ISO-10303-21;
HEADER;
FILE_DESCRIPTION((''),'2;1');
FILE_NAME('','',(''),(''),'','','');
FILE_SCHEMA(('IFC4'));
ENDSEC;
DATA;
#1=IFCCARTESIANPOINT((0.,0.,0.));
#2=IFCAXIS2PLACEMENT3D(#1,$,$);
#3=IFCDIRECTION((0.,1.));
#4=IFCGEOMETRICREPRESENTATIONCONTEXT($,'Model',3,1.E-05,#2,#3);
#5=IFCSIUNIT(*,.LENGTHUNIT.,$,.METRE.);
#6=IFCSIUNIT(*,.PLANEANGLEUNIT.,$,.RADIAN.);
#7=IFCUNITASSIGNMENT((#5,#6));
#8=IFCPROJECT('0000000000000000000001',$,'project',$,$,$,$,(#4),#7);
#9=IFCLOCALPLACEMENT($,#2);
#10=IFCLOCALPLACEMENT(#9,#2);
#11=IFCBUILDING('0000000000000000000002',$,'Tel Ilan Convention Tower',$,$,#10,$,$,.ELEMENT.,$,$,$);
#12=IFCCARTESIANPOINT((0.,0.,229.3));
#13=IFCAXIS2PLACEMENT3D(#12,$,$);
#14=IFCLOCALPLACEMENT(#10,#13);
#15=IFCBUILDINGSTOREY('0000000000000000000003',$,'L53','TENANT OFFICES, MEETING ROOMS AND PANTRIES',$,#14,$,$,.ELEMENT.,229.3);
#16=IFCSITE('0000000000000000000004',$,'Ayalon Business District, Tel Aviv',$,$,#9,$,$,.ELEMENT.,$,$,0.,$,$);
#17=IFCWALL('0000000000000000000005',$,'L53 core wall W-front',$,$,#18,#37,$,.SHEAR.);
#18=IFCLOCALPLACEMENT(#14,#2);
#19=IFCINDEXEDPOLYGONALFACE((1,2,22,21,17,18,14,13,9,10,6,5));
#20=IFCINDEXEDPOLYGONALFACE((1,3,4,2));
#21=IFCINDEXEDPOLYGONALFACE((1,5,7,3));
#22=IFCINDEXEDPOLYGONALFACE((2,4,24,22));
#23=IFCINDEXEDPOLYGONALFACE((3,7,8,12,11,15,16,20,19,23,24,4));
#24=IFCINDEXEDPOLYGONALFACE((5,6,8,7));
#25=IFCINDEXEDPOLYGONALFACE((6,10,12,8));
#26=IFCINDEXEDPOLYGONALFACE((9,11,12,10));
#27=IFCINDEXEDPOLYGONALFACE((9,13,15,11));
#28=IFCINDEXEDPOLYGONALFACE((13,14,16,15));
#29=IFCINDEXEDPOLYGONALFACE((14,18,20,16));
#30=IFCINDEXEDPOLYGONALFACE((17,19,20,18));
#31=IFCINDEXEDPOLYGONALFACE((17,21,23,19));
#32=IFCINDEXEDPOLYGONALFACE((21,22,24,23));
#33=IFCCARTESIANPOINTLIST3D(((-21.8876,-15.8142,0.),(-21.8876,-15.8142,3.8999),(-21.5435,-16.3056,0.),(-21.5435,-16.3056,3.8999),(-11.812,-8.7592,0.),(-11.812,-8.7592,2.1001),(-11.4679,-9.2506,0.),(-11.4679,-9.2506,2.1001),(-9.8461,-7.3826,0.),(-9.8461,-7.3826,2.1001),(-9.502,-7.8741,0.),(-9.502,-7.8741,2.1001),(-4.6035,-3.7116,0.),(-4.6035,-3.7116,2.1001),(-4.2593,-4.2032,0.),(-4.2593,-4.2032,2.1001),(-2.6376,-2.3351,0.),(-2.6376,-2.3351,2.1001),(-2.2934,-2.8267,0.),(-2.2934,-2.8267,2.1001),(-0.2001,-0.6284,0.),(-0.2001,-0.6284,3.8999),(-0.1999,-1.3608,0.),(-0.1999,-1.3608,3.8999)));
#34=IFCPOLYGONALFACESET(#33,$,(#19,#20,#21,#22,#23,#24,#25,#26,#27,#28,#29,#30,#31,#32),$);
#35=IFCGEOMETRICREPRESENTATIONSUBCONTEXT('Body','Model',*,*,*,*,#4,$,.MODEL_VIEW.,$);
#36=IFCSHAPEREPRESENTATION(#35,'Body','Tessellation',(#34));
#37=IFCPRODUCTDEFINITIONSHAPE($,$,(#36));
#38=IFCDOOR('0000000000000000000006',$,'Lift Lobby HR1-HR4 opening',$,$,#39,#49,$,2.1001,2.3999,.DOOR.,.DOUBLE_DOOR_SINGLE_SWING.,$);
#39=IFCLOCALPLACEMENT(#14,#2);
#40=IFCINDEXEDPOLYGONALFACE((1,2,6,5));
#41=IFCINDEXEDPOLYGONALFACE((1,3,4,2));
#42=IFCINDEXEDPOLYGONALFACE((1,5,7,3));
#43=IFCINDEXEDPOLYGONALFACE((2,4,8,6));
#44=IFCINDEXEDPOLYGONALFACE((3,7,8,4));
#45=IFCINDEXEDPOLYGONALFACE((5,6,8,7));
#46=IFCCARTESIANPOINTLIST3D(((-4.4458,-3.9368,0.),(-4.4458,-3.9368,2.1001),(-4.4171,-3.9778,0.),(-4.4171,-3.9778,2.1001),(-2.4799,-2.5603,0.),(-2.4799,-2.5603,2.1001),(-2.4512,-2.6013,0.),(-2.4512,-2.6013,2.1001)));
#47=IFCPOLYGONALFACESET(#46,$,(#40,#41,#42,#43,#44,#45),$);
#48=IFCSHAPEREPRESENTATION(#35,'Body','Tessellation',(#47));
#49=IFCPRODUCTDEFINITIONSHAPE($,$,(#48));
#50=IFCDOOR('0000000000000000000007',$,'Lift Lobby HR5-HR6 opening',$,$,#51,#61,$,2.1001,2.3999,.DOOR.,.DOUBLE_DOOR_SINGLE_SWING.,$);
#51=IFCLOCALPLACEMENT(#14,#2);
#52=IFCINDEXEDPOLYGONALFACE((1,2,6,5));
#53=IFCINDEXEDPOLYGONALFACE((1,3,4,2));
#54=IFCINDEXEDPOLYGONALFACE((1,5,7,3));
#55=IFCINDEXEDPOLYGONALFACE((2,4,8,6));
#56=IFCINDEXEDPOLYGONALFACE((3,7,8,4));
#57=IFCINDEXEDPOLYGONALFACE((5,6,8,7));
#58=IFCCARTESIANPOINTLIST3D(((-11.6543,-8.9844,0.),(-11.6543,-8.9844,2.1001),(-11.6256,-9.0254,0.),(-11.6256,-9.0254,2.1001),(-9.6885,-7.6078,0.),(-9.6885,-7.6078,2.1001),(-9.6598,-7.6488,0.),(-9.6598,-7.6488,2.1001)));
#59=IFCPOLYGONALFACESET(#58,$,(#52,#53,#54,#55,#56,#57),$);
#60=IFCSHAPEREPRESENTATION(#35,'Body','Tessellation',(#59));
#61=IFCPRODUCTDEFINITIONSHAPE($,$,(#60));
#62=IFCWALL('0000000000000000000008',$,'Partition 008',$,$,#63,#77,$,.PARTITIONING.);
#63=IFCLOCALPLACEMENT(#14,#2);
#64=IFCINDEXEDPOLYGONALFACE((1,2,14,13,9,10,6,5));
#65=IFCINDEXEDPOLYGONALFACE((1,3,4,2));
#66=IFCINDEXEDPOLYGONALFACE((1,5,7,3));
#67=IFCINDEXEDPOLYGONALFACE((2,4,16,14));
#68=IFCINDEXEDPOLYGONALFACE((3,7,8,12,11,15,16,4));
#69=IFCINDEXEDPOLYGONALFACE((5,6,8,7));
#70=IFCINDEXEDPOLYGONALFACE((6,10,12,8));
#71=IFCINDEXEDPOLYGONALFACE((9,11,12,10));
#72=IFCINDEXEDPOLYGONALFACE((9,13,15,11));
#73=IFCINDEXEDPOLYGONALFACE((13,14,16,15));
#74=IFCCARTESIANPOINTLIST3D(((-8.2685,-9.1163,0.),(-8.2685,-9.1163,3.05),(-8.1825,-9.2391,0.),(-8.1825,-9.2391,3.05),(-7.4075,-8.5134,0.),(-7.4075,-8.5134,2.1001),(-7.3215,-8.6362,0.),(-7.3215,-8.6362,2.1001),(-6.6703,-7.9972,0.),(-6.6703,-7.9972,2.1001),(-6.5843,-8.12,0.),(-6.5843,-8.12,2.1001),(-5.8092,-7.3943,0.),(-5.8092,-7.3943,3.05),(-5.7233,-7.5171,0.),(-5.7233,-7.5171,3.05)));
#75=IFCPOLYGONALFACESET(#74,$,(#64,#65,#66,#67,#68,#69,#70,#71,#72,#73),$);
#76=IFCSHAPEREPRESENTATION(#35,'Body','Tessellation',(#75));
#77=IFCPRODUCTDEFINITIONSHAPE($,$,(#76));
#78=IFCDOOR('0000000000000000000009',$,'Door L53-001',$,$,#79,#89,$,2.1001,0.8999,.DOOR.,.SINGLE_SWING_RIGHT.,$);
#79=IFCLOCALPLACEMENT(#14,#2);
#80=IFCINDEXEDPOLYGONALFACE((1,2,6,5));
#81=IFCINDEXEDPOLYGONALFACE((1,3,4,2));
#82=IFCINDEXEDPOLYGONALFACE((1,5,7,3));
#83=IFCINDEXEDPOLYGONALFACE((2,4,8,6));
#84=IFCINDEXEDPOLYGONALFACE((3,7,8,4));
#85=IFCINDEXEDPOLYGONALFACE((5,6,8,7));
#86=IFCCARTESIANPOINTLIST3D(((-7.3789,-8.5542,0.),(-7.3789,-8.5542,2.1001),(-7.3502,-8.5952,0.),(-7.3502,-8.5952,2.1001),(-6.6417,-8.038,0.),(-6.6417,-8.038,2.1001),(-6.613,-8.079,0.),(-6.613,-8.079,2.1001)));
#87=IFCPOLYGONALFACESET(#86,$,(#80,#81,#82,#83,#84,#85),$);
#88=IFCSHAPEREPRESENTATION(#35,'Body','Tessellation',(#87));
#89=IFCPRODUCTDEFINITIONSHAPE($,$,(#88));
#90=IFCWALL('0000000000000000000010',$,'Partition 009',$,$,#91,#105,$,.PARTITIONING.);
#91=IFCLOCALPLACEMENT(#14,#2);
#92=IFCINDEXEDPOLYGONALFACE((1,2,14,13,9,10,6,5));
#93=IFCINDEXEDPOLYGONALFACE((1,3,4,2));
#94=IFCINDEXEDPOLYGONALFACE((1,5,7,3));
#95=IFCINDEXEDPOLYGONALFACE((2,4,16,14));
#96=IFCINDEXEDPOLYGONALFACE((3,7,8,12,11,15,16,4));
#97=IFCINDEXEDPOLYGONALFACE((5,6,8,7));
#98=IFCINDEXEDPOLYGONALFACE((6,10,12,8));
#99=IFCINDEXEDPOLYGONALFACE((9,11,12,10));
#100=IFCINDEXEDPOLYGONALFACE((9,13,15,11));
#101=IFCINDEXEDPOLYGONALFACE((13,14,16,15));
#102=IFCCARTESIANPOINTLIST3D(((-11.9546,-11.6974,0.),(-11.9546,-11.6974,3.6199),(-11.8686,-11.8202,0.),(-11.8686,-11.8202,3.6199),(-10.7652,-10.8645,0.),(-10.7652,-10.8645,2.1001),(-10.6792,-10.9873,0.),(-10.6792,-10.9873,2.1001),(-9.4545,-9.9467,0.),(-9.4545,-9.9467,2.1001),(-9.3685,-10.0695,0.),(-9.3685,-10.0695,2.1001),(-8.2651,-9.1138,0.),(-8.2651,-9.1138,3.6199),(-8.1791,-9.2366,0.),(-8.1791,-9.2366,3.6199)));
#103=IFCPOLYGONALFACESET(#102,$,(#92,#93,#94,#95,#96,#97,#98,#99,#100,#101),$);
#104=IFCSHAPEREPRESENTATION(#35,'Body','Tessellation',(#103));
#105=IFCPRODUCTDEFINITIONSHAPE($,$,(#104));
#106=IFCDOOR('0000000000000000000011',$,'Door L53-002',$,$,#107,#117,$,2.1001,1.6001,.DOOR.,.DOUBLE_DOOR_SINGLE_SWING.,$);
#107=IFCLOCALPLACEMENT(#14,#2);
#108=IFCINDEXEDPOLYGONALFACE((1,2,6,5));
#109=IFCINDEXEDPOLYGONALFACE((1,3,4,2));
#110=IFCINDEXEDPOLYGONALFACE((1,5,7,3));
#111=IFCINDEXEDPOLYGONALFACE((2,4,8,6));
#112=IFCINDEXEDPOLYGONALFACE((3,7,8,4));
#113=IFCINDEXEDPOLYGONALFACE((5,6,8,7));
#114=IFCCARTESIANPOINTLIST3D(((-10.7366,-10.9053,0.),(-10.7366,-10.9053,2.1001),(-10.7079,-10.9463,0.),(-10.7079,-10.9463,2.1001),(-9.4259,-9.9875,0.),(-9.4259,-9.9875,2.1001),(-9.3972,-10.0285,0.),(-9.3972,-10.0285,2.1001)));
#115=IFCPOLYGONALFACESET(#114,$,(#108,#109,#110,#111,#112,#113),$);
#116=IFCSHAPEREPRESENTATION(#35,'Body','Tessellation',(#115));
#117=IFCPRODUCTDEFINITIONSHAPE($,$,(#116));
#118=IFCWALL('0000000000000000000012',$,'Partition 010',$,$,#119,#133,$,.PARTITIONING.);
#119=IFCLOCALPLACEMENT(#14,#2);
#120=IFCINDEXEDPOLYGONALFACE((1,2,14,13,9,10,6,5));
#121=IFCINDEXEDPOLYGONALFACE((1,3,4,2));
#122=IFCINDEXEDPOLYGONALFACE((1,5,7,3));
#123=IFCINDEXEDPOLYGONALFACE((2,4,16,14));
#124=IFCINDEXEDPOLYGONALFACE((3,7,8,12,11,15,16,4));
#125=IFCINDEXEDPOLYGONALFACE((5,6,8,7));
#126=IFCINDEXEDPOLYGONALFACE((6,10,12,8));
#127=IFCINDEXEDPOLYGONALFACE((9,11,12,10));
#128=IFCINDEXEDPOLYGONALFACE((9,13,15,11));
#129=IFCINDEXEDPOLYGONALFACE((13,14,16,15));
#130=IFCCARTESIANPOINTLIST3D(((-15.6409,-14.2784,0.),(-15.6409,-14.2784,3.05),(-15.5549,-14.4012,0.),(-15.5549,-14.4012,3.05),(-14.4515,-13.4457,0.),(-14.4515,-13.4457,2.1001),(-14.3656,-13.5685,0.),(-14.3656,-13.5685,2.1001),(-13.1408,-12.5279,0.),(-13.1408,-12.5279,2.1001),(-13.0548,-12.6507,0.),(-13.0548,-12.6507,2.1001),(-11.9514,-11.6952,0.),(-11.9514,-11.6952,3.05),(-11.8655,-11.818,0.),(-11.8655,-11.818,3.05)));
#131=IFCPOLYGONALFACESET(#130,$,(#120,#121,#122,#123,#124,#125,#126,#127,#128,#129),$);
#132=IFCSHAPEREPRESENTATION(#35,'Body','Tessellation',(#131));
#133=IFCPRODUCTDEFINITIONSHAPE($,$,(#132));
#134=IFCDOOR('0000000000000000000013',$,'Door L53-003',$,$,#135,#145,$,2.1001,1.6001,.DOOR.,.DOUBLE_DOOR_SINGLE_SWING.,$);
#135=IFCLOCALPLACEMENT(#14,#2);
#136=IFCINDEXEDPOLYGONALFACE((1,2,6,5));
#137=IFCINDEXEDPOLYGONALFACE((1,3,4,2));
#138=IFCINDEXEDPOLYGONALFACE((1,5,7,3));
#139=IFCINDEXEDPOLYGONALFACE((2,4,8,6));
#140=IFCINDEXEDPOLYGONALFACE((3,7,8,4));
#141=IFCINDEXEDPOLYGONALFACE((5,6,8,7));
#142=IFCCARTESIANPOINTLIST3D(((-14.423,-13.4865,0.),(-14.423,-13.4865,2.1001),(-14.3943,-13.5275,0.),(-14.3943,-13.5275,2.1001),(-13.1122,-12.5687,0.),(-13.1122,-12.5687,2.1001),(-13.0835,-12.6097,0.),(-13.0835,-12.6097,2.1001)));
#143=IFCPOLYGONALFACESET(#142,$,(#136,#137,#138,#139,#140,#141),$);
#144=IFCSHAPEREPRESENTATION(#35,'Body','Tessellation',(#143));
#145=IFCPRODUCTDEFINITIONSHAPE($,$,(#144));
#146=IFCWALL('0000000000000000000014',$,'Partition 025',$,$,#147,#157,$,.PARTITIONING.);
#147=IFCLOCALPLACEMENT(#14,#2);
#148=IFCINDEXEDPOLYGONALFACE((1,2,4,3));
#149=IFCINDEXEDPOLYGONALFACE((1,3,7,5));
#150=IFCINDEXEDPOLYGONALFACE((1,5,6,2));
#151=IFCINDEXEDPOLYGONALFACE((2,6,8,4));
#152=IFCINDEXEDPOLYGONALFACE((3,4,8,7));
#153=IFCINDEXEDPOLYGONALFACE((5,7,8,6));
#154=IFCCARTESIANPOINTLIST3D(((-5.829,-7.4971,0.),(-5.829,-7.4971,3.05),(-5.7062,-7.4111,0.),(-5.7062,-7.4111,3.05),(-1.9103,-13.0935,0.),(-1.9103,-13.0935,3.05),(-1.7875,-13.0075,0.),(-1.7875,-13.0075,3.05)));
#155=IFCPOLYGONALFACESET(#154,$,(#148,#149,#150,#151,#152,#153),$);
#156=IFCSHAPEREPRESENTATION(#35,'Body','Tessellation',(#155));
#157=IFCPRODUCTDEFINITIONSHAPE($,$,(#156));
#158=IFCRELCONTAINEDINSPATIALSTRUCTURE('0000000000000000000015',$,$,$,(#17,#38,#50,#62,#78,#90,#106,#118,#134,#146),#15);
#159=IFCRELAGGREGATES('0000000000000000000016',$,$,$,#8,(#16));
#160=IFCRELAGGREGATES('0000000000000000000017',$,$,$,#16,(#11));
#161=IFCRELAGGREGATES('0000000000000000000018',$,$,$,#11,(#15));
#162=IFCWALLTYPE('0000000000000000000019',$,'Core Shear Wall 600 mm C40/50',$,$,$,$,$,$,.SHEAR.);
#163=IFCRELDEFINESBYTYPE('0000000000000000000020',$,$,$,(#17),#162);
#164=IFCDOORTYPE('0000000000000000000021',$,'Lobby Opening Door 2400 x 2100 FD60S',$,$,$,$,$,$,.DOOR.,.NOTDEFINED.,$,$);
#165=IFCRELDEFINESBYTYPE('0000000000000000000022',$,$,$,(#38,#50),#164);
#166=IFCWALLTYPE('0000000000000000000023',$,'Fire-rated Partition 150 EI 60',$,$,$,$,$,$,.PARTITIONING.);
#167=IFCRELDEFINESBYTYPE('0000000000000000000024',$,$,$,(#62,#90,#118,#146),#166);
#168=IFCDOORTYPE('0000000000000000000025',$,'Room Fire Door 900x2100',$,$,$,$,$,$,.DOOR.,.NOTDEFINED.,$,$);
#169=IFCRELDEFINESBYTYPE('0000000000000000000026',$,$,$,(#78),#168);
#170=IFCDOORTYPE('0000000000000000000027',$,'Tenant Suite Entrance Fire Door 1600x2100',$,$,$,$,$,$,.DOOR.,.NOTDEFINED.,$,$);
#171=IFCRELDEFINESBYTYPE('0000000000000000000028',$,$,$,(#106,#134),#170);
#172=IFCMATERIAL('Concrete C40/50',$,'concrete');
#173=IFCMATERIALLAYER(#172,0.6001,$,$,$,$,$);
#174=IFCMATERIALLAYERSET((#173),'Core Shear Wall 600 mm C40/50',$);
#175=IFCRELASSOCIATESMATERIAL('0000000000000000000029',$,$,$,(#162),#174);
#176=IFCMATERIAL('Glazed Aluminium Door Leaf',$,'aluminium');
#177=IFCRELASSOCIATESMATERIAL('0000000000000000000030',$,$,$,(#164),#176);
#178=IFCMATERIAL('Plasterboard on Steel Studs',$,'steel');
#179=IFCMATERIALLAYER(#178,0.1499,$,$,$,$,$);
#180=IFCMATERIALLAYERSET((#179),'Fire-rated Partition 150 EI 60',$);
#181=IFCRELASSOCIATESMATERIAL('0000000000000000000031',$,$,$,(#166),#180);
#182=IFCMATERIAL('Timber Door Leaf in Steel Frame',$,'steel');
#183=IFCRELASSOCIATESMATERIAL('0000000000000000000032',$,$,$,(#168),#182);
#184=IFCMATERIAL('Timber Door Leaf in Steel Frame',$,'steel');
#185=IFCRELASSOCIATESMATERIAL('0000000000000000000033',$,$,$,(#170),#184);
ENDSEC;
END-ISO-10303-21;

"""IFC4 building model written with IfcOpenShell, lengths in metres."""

from ifc_helpers import new_model, si_unit, direction, frame, frame_2d, origin, place, context, subcontext, project, spatial, polyline, rectangle, outline, extrude, material, layer, layer_set, type_object, element, fill, save


model = new_model("IFC4")

# Units and contexts
model_context = context("Model", 3, precision=1e-05, world=origin(), true_north=direction((0.0, 1.0)))
body_context = subcontext(model_context, "Body", "Model", "MODEL_VIEW")
ifc_project = project(units=[si_unit("LENGTHUNIT", "METRE"), si_unit("PLANEANGLEUNIT", "RADIAN")], contexts=[model_context])

# Site, building, storey
site_placement = place(None, origin())
site = spatial("IfcSite", under=ifc_project, at=site_placement, Name="Ayalon Business District, Tel Aviv", CompositionType="ELEMENT", RefElevation=0.0)
building_placement = place(site_placement, origin())
building = spatial("IfcBuilding", under=site, at=building_placement, Name="Tel Ilan Convention Tower", CompositionType="ELEMENT")
storey_placement = place(building_placement, frame((0.0, 0.0, 229.3)))
storey = spatial("IfcBuildingStorey", under=building, at=storey_placement, Name="L53", Description="TENANT OFFICES, MEETING ROOMS AND PANTRIES", CompositionType="ELEMENT", Elevation=229.3)

# Wall, openings, doors
ifc_material_1 = material(Name="Concrete C40/50", Category="concrete")
ifc_layer_1 = layer(ifc_material_1, 0.6001)
ifc_layer_set_1 = layer_set([ifc_layer_1], Name="Core Shear Wall 600 mm C40/50")
wall_type_1 = type_object("IfcWallType", Name="Core Shear Wall 600 mm C40/50", PredefinedType="SHEAR", material=ifc_layer_set_1)
wall_1_placement = place(storey_placement, frame((-0.0278, -0.874, 0.0), z_axis=(0.0, 0.0, 1.0), x_axis=(-0.81915, -0.573579, 0.0)))
wall_1 = element("IfcWall", 1, at=wall_1_placement, inside=storey, type_object=wall_type_1, Name="L53 core wall W-front", PredefinedType="SHEAR", context=body_context, shape_type="SweptSolid", body=[
    extrude(outline(polyline([(26.4758, 0.2998), (0.4202, 0.3), (0.0002, -0.3), (26.4758, -0.3), (26.4758, 0.2998)])), origin(), (0.0, 0.0, 1.0), 3.8999),
])
opening_1_placement = place(wall_1_placement, frame((2.9758, 0.0, 0.0)))
opening_1 = element("IfcOpeningElement", 2, at=opening_1_placement, cuts=wall_1, PredefinedType="OPENING", context=body_context, shape_type="SweptSolid", body=[
    extrude(rectangle(XDim=2.3999, YDim=2.1001, at=frame_2d((1.2, 1.05))), frame((0.0, 0.3101, 0.0), z_axis=(0.0, -1.0, 0.0), x_axis=(1.0, 0.0, 0.0)), (0.0, 0.0, 1.0), 0.6201),
])
opening_2_placement = place(wall_1_placement, frame((11.7759, 0.0, 0.0)))
opening_2 = element("IfcOpeningElement", 3, at=opening_2_placement, cuts=wall_1, PredefinedType="OPENING", context=body_context, shape_type="SweptSolid", body=[
    extrude(rectangle(XDim=2.3999, YDim=2.1001, at=frame_2d((1.2, 1.05))), frame((0.0, 0.3101, 0.0), z_axis=(0.0, -1.0, 0.0), x_axis=(1.0, 0.0, 0.0)), (0.0, 0.0, 1.0), 0.6201),
])
ifc_material_2 = material(Name="Glazed Aluminium Door Leaf", Category="aluminium")
door_type_1 = type_object("IfcDoorType", Name="Lobby Opening Door 2400 x 2100 FD60S", OperationType="NOTDEFINED", PredefinedType="DOOR", material=ifc_material_2)
door_1_placement = place(opening_1_placement, origin())
door_1 = element("IfcDoor", 4, at=door_1_placement, inside=storey, type_object=door_type_1, Name="Lift Lobby HR1-HR4 opening", OperationType="DOUBLE_DOOR_SINGLE_SWING", OverallHeight=2.1001, OverallWidth=2.3999, PredefinedType="DOOR", context=body_context, shape_type="SweptSolid", body=[
    extrude(rectangle(XDim=2.3999, YDim=2.1001, at=frame_2d((1.2, 1.05))), frame((0.0, 0.0249, 0.0), z_axis=(0.0, -1.0, 0.0), x_axis=(1.0, 0.0, 0.0)), (0.0, 0.0, 1.0), 0.05),
])
fill(opening_1, door_1)
door_2_placement = place(opening_2_placement, origin())
door_2 = element("IfcDoor", 5, at=door_2_placement, inside=storey, type_object=door_type_1, Name="Lift Lobby HR5-HR6 opening", OperationType="DOUBLE_DOOR_SINGLE_SWING", OverallHeight=2.1001, OverallWidth=2.3999, PredefinedType="DOOR", context=body_context, shape_type="SweptSolid", body=[
    extrude(rectangle(XDim=2.3999, YDim=2.1001, at=frame_2d((1.2, 1.05))), frame((0.0, 0.0249, 0.0), z_axis=(0.0, -1.0, 0.0), x_axis=(1.0, 0.0, 0.0)), (0.0, 0.0, 1.0), 0.05),
])
fill(opening_2, door_2)

# Walls, openings, doors
ifc_material_3 = material(Name="Plasterboard on Steel Studs", Category="steel")
ifc_layer_2 = layer(ifc_material_3, 0.1499)
ifc_layer_set_2 = layer_set([ifc_layer_2], Name="Fire-rated Partition 150 EI 60")
wall_type_2 = type_object("IfcWallType", Name="Fire-rated Partition 150 EI 60", PredefinedType="PARTITIONING", material=ifc_layer_set_2)
wall_2_placement = place(storey_placement, frame((-5.7664, -7.4558, 0.0), z_axis=(0.0, 0.0, 1.0), x_axis=(-0.819159, -0.573566, 0.0)))
wall_2 = element("IfcWall", 6, at=wall_2_placement, inside=storey, type_object=wall_type_2, Name="Partition 008", PredefinedType="PARTITIONING", context=body_context, shape_type="SweptSolid", body=[
    extrude(rectangle(XDim=3.0022, YDim=0.1499, at=frame_2d((1.501, 0.0))), origin(), (0.0, 0.0, 1.0), 3.05),
])
opening_3_placement = place(wall_2_placement, frame((1.051, 0.0, 0.0)))
opening_3 = element("IfcOpeningElement", 7, at=opening_3_placement, cuts=wall_2, PredefinedType="OPENING", context=body_context, shape_type="SweptSolid", body=[
    extrude(rectangle(XDim=0.8999, YDim=2.1001, at=frame_2d((0.45, 1.05))), frame((0.0, 0.085, 0.0), z_axis=(0.0, -1.0, 0.0), x_axis=(1.0, 0.0, 0.0)), (0.0, 0.0, 1.0), 0.1699),
])
ifc_material_4 = material(Name="Timber Door Leaf in Steel Frame", Category="steel")
door_type_2 = type_object("IfcDoorType", Name="Room Fire Door 900x2100", OperationType="NOTDEFINED", PredefinedType="DOOR", material=ifc_material_4)
door_3_placement = place(opening_3_placement, origin())
door_3 = element("IfcDoor", 8, at=door_3_placement, inside=storey, type_object=door_type_2, Name="Door L53-001", OperationType="SINGLE_SWING_RIGHT", OverallHeight=2.1001, OverallWidth=0.8999, PredefinedType="DOOR", context=body_context, shape_type="SweptSolid", body=[
    extrude(rectangle(XDim=0.8999, YDim=2.1001, at=frame_2d((0.45, 1.05))), frame((0.0, 0.0249, 0.0), z_axis=(0.0, -1.0, 0.0), x_axis=(1.0, 0.0, 0.0)), (0.0, 0.0, 1.0), 0.05),
])
fill(opening_3, door_3)
wall_3_placement = place(storey_placement, frame((-8.2222, -9.1753, 0.0), z_axis=(0.0, 0.0, 1.0), x_axis=(-0.81914, -0.573593, 0.0)))
wall_3 = element("IfcWall", 9, at=wall_3_placement, inside=storey, type_object=wall_type_2, Name="Partition 009", PredefinedType="PARTITIONING", context=body_context, shape_type="SweptSolid", body=[
    extrude(rectangle(XDim=4.5042, YDim=0.1499, at=frame_2d((2.252, 0.0))), origin(), (0.0, 0.0, 1.0), 3.6199),
])
opening_4_placement = place(wall_3_placement, frame((1.4519, 0.0, 0.0)))
opening_4 = element("IfcOpeningElement", 10, at=opening_4_placement, cuts=wall_3, PredefinedType="OPENING", context=body_context, shape_type="SweptSolid", body=[
    extrude(rectangle(XDim=1.6001, YDim=2.1001, at=frame_2d((0.8, 1.05))), frame((0.0, 0.085, 0.0), z_axis=(0.0, -1.0, 0.0), x_axis=(1.0, 0.0, 0.0)), (0.0, 0.0, 1.0), 0.1699),
])
ifc_material_5 = material(Name="Timber Door Leaf in Steel Frame", Category="steel")
door_type_3 = type_object("IfcDoorType", Name="Tenant Suite Entrance Fire Door 1600x2100", OperationType="NOTDEFINED", PredefinedType="DOOR", material=ifc_material_5)
door_4_placement = place(opening_4_placement, origin())
door_4 = element("IfcDoor", 11, at=door_4_placement, inside=storey, type_object=door_type_3, Name="Door L53-002", OperationType="DOUBLE_DOOR_SINGLE_SWING", OverallHeight=2.1001, OverallWidth=1.6001, PredefinedType="DOOR", context=body_context, shape_type="SweptSolid", body=[
    extrude(rectangle(XDim=1.6001, YDim=2.1001, at=frame_2d((0.8, 1.05))), frame((0.0, 0.0249, 0.0), z_axis=(0.0, -1.0, 0.0), x_axis=(1.0, 0.0, 0.0)), (0.0, 0.0, 1.0), 0.05),
])
fill(opening_4, door_4)
wall_4_placement = place(storey_placement, frame((-11.9084, -11.7566, 0.0), z_axis=(0.0, 0.0, 1.0), x_axis=(-0.819166, -0.573557, 0.0)))
wall_4 = element("IfcWall", 12, at=wall_4_placement, inside=storey, type_object=wall_type_2, Name="Partition 010", PredefinedType="PARTITIONING", context=body_context, shape_type="SweptSolid", body=[
    extrude(rectangle(XDim=4.5039, YDim=0.1499, at=frame_2d((2.252, 0.0))), origin(), (0.0, 0.0, 1.0), 3.05),
])
opening_5_placement = place(wall_4_placement, frame((1.4519, 0.0, 0.0)))
opening_5 = element("IfcOpeningElement", 13, at=opening_5_placement, cuts=wall_4, PredefinedType="OPENING", context=body_context, shape_type="SweptSolid", body=[
    extrude(rectangle(XDim=1.6001, YDim=2.1001, at=frame_2d((0.8, 1.05))), frame((0.0, 0.085, 0.0), z_axis=(0.0, -1.0, 0.0), x_axis=(1.0, 0.0, 0.0)), (0.0, 0.0, 1.0), 0.1699),
])
door_5_placement = place(opening_5_placement, origin())
door_5 = element("IfcDoor", 14, at=door_5_placement, inside=storey, type_object=door_type_3, Name="Door L53-003", OperationType="DOUBLE_DOOR_SINGLE_SWING", OverallHeight=2.1001, OverallWidth=1.6001, PredefinedType="DOOR", context=body_context, shape_type="SweptSolid", body=[
    extrude(rectangle(XDim=1.6001, YDim=2.1001, at=frame_2d((0.8, 1.05))), frame((0.0, 0.0249, 0.0), z_axis=(0.0, -1.0, 0.0), x_axis=(1.0, 0.0, 0.0)), (0.0, 0.0, 1.0), 0.05),
])
fill(opening_5, door_5)

# Wall
wall_5_placement = place(storey_placement, frame((-1.8489, -13.0505, 0.0), z_axis=(0.0, 0.0, 1.0), x_axis=(-0.57358, 0.81915, 0.0)))
element("IfcWall", 15, at=wall_5_placement, inside=storey, type_object=wall_type_2, Name="Partition 025", PredefinedType="PARTITIONING", context=body_context, shape_type="SweptSolid", body=[
    extrude(rectangle(XDim=6.832, YDim=0.1499, at=frame_2d((3.416, 0.0))), origin(), (0.0, 0.0, 1.0), 3.05),
])

save(model, "model.ifc")
